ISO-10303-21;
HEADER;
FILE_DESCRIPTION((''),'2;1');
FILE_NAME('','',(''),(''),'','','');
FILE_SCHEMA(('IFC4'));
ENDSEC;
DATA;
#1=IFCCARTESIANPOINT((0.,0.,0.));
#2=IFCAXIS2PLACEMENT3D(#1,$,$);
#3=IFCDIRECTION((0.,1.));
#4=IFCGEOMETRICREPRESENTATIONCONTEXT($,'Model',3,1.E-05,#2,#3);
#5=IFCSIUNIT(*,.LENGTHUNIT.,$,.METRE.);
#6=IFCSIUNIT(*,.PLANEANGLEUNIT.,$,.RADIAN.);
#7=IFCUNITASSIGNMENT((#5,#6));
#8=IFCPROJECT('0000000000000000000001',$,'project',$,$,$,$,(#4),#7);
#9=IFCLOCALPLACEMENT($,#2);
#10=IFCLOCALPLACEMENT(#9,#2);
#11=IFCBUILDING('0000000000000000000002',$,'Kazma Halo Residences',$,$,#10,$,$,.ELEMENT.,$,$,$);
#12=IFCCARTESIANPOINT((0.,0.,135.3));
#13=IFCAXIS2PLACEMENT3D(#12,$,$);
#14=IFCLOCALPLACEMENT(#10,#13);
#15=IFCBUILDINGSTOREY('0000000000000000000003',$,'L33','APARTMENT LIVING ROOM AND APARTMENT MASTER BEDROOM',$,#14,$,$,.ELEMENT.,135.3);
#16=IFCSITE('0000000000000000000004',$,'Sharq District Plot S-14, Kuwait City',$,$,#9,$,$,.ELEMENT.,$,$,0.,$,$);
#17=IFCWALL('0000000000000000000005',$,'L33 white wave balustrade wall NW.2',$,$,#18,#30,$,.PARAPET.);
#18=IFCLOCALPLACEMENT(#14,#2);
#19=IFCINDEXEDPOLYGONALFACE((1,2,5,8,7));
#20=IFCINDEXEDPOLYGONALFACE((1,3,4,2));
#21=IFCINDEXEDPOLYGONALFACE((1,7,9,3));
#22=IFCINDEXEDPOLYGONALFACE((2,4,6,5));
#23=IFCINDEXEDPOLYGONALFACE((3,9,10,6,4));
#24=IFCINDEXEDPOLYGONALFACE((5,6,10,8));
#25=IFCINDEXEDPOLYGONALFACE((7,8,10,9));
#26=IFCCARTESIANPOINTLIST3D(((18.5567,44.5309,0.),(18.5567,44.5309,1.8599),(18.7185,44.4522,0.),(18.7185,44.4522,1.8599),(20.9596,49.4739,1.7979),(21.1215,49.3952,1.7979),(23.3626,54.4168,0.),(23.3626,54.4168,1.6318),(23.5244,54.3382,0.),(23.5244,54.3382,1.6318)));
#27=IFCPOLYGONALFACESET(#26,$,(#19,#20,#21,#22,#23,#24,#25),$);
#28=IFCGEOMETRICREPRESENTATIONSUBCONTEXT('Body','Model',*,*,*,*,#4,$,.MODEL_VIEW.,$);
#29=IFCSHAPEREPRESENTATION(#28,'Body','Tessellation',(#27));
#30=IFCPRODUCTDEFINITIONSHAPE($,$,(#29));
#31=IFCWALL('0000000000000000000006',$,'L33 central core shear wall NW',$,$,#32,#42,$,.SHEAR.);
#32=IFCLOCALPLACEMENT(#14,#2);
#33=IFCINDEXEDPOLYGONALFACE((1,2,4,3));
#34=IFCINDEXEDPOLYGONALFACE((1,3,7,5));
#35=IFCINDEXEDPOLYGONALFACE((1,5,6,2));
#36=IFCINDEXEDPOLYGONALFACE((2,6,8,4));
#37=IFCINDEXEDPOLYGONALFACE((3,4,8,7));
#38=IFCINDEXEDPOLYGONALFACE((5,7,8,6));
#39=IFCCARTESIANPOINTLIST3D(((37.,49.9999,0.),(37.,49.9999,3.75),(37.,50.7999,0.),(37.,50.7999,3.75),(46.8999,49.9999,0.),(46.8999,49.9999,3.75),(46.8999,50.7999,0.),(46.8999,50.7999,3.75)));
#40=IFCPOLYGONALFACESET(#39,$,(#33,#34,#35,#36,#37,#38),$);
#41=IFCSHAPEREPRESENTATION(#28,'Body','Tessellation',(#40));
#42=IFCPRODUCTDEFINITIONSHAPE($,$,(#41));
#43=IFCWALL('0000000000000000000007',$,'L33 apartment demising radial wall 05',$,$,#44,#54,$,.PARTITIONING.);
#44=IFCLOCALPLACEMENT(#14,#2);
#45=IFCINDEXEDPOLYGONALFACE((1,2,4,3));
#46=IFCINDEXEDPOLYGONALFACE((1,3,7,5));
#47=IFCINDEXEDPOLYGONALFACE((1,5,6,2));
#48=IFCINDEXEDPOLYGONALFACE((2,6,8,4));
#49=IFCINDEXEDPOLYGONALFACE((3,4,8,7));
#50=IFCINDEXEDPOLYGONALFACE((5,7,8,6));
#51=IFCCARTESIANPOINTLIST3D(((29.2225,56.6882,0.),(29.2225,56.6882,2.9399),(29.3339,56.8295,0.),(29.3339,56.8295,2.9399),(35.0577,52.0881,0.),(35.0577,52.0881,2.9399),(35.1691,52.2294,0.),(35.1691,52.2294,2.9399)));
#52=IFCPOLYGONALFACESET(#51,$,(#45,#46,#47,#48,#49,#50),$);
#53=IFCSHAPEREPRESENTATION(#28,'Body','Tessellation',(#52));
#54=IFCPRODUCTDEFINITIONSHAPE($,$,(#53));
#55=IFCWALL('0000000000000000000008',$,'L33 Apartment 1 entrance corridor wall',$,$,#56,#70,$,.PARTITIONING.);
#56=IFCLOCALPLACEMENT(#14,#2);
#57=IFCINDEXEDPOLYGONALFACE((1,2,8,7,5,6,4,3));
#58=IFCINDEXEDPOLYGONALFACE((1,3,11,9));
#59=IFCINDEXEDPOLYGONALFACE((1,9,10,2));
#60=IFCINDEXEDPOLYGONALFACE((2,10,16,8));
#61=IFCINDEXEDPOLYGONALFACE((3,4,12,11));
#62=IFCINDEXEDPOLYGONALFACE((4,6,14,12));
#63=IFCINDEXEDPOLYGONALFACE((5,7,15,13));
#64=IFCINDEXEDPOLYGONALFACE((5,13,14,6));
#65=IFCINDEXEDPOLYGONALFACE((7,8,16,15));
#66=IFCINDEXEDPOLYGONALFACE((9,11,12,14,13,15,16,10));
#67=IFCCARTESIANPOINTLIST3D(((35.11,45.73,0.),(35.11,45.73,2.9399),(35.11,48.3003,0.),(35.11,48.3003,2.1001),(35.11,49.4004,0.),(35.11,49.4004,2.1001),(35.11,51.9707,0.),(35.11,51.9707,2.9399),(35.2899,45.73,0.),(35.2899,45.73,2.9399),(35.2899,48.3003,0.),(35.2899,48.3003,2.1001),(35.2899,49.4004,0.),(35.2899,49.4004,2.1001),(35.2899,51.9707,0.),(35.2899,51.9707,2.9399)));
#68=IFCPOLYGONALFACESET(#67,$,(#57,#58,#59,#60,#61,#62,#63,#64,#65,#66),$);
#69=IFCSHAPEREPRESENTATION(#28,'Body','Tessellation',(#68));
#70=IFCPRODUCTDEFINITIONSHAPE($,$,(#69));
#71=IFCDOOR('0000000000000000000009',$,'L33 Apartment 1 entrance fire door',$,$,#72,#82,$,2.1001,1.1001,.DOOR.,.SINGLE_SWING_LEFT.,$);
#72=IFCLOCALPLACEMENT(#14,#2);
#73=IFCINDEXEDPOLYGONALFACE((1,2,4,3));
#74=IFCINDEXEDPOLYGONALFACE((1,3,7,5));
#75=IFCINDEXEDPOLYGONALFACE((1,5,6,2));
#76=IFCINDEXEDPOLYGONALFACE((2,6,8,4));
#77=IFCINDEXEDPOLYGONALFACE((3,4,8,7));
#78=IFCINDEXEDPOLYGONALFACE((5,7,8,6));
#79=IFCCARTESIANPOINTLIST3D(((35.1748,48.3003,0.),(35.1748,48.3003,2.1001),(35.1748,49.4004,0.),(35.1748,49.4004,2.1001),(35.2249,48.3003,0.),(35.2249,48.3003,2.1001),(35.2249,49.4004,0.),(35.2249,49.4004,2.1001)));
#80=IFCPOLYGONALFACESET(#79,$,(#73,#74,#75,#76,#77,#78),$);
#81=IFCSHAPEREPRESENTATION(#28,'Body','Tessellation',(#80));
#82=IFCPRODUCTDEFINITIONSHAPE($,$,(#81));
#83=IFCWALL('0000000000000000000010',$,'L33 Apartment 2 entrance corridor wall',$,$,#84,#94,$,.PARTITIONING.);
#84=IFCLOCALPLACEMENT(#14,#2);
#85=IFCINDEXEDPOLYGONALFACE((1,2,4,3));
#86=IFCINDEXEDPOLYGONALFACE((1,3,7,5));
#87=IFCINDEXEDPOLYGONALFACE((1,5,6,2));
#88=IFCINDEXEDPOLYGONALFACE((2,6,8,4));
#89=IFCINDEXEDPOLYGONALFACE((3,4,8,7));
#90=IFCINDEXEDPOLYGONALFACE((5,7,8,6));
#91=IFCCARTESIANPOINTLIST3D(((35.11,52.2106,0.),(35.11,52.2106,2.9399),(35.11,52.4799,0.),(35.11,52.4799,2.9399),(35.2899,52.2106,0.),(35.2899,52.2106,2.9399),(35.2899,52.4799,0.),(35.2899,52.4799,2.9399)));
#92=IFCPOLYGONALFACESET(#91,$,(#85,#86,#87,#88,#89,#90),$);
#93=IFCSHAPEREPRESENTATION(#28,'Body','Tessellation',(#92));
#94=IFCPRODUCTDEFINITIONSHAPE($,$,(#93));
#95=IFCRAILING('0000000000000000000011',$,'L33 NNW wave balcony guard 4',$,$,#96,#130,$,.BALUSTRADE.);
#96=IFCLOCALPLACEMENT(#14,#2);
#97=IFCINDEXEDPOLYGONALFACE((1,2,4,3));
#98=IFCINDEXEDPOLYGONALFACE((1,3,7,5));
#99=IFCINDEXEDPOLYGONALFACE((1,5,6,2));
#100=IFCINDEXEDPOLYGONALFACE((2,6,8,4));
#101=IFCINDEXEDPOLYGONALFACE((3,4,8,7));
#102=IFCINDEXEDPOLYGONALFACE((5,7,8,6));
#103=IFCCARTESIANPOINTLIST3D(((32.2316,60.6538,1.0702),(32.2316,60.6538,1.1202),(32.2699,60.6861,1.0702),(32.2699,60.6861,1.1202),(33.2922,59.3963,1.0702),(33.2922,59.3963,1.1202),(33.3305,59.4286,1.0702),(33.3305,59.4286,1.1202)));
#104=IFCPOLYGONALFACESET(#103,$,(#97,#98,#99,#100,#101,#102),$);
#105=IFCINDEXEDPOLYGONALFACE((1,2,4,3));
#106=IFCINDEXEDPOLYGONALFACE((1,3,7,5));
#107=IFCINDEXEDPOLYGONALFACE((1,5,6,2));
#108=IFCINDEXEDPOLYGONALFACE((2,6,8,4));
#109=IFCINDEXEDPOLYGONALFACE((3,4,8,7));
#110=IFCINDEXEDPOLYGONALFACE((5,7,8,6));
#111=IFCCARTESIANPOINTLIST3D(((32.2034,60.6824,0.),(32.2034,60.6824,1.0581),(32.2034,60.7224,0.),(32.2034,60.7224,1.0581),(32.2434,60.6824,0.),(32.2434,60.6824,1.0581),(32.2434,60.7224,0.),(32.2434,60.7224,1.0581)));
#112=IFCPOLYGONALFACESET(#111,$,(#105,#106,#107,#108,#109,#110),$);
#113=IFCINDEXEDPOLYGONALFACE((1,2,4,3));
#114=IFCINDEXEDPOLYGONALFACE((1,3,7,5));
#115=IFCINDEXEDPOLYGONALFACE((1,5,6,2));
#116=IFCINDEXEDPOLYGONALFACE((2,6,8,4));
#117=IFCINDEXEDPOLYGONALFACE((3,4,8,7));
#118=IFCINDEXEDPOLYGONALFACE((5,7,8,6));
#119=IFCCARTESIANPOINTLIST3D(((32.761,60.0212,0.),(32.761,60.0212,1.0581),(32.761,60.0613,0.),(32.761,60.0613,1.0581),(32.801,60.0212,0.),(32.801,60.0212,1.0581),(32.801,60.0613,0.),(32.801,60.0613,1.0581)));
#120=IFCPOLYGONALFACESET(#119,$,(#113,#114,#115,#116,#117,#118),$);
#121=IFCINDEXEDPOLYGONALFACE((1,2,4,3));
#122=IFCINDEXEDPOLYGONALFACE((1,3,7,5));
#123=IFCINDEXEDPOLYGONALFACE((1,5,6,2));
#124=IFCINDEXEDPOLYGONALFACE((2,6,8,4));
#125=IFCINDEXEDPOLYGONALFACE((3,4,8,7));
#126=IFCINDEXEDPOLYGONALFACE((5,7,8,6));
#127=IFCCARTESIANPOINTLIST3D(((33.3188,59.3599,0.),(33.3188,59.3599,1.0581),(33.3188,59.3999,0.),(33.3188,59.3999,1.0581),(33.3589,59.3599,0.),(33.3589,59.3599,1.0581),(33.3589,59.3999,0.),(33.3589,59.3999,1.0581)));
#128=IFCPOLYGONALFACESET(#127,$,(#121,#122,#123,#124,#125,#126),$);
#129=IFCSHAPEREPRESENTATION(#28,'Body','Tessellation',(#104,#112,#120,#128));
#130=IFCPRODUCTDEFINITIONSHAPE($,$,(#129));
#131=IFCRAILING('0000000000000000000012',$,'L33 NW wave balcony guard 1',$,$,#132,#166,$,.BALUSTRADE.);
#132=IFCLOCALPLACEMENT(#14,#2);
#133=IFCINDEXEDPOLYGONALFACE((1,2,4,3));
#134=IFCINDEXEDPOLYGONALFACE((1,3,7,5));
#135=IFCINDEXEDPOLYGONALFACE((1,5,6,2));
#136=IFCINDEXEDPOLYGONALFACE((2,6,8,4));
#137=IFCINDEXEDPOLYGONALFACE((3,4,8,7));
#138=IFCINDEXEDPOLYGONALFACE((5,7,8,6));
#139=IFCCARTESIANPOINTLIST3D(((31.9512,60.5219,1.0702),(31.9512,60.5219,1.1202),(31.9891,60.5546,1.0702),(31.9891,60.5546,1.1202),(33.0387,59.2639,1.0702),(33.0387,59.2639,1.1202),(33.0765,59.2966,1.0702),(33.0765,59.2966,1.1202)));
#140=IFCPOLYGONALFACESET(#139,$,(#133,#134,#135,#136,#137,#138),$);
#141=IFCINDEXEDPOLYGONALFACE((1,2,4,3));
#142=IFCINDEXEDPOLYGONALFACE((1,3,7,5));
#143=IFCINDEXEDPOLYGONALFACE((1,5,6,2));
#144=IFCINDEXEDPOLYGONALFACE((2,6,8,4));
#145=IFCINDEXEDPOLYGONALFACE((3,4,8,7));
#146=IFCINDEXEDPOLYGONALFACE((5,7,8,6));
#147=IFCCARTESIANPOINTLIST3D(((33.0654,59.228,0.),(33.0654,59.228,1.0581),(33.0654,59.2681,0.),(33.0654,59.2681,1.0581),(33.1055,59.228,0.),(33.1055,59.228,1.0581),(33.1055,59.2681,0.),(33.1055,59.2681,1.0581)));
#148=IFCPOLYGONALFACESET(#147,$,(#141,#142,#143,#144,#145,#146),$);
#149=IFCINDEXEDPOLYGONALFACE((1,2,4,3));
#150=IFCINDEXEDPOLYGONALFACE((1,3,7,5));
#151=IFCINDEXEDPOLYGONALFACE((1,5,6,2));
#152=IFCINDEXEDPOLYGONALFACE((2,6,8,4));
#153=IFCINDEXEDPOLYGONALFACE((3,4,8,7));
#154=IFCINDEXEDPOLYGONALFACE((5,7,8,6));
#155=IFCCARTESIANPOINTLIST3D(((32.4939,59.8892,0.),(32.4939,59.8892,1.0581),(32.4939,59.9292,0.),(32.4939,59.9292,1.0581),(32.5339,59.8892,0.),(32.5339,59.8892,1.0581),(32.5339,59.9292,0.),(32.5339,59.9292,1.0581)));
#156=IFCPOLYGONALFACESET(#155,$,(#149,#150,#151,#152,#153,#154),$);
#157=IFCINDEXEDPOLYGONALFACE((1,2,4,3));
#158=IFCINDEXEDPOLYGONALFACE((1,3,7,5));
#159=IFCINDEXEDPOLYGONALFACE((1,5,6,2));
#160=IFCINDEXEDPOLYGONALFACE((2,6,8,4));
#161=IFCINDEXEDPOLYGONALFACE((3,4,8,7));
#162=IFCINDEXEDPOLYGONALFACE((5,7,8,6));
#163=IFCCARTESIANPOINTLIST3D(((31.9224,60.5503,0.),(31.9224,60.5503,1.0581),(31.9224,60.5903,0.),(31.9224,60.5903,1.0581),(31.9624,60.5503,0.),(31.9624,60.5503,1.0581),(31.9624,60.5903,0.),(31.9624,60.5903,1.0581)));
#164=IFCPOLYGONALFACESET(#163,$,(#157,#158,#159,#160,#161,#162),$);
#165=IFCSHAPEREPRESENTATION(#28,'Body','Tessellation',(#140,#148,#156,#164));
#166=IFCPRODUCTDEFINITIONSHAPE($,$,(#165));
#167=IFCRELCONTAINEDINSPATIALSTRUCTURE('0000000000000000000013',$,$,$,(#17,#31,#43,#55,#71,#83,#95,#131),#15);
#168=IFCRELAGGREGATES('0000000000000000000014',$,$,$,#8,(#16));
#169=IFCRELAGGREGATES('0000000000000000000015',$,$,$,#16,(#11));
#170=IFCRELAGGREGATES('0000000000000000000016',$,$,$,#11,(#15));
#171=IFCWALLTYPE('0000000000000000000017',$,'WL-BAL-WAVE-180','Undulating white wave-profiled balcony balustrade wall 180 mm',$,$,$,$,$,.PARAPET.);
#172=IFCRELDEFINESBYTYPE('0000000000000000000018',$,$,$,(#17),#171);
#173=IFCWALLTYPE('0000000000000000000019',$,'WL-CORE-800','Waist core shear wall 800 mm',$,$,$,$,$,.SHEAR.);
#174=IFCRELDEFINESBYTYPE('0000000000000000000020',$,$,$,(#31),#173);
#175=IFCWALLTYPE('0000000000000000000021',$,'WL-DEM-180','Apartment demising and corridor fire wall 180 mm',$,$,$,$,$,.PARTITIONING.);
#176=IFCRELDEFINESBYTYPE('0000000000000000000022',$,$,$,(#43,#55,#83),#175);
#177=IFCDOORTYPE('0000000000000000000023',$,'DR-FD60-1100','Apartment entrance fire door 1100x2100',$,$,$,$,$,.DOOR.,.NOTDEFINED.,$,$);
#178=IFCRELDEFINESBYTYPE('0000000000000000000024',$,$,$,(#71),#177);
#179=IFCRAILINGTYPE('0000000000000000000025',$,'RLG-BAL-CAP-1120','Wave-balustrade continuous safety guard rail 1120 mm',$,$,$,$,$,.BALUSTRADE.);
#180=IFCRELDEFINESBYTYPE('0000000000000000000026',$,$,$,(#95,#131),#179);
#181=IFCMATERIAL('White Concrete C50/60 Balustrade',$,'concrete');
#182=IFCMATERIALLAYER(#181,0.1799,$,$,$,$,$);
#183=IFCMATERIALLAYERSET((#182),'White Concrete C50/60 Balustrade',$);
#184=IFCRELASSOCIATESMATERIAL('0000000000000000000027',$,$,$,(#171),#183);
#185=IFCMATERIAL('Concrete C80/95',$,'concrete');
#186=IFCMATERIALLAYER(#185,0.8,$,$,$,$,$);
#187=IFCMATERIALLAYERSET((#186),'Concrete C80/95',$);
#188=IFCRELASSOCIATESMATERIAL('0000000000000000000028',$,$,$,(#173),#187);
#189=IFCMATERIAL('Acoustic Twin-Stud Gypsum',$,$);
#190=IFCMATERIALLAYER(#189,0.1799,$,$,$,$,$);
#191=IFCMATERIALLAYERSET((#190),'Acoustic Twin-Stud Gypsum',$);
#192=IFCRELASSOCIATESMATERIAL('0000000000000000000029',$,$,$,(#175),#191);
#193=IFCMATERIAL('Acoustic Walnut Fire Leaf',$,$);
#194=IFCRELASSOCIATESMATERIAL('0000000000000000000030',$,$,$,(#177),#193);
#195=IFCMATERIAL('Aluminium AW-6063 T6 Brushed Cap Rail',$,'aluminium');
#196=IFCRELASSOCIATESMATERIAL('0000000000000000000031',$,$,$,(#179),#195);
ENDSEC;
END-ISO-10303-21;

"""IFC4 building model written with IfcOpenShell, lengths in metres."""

from ifc_helpers import new_model, si_unit, direction, frame, frame_2d, origin, origin_2d, place, context, subcontext, project, spatial, polyline, rectangle, outline, extrude, material, layer, layer_set, type_object, element, fill, save


model = new_model("IFC4")

# Units and contexts
model_context = context("Model", 3, precision=1e-05, world=origin(), true_north=direction((0.0, 1.0)))
body_context = subcontext(model_context, "Body", "Model", "MODEL_VIEW")
ifc_project = project(units=[si_unit("LENGTHUNIT", "METRE"), si_unit("PLANEANGLEUNIT", "RADIAN")], contexts=[model_context])

# Site, building, storey
site_placement = place(None, origin())
site = spatial("IfcSite", under=ifc_project, at=site_placement, Name="Sharq District Plot S-14, Kuwait City", CompositionType="ELEMENT", RefElevation=0.0)
building_placement = place(site_placement, origin())
building = spatial("IfcBuilding", under=site, at=building_placement, Name="Kazma Halo Residences", CompositionType="ELEMENT")
storey_placement = place(building_placement, frame((0.0, 0.0, 135.3)))
storey = spatial("IfcBuildingStorey", under=building, at=storey_placement, Name="L33", Description="APARTMENT LIVING ROOM AND APARTMENT MASTER BEDROOM", CompositionType="ELEMENT", Elevation=135.3)

# Shared definitions
ifc_material_1 = material(Name="Concrete C80/95", Category="concrete")

# Walls
ifc_material_2 = material(Name="White Concrete C50/60 Balustrade", Category="concrete")
ifc_layer_1 = layer(ifc_material_2, 0.1799)
ifc_layer_set_1 = layer_set([ifc_layer_1], Name="White Concrete C50/60 Balustrade")
wall_type_1 = type_object("IfcWallType", Name="WL-BAL-WAVE-180", Description="Undulating white wave-profiled balcony balustrade wall 180 mm", PredefinedType="PARAPET", material=ifc_layer_set_1)
wall_1_placement = place(storey_placement, frame((23.4436, 54.3774, 0.0), z_axis=(0.0, 0.0, 1.0), x_axis=(-0.437209, -0.89936, 0.0)))
element("IfcWall", 1, at=wall_1_placement, inside=storey, type_object=wall_type_1, Name="L33 white wave balustrade wall NW.2", PredefinedType="PARAPET", context=body_context, shape_type="SweptSolid", body=[
    extrude(outline(polyline([(0.0, 0.0), (10.9922, 0.0), (10.9922, 1.8599), (5.4961, 1.7979), (0.0, 1.6318), (0.0, 0.0)])), frame((0.0, 0.0898, 0.0), z_axis=(0.0, -1.0, 0.0), x_axis=(1.0, 0.0, 0.0)), (0.0, 0.0, 1.0), 0.1799),
])
ifc_layer_2 = layer(ifc_material_1, 0.8)
ifc_layer_set_2 = layer_set([ifc_layer_2], Name="Concrete C80/95")
wall_type_2 = type_object("IfcWallType", Name="WL-CORE-800", Description="Waist core shear wall 800 mm", PredefinedType="SHEAR", material=ifc_layer_set_2)
wall_2_placement = place(storey_placement, frame((37.0, 50.3999, 0.0), z_axis=(0.0, 0.0, 1.0), x_axis=(1.0, 0.0, 0.0)))
element("IfcWall", 2, at=wall_2_placement, inside=storey, type_object=wall_type_2, Name="L33 central core shear wall NW", PredefinedType="SHEAR", context=body_context, shape_type="SweptSolid", body=[
    extrude(rectangle(XDim=9.8999, YDim=0.8, at=frame_2d((4.95, 0.0))), origin(), (0.0, 0.0, 1.0), 3.75),
])
ifc_material_3 = material(Name="Acoustic Twin-Stud Gypsum")
ifc_layer_3 = layer(ifc_material_3, 0.1799)
ifc_layer_set_3 = layer_set([ifc_layer_3], Name="Acoustic Twin-Stud Gypsum")
wall_type_3 = type_object("IfcWallType", Name="WL-DEM-180", Description="Apartment demising and corridor fire wall 180 mm", PredefinedType="PARTITIONING", material=ifc_layer_set_3)
wall_3_placement = place(storey_placement, frame((35.1135, 52.1587, 0.0), z_axis=(0.0, 0.0, 1.0), x_axis=(-0.785317, 0.619093, 0.0)))
element("IfcWall", 3, at=wall_3_placement, inside=storey, type_object=wall_type_3, Name="L33 apartment demising radial wall 05", PredefinedType="PARTITIONING", context=body_context, shape_type="SweptSolid", body=[
    extrude(rectangle(XDim=7.4304, YDim=0.1799, at=frame_2d((3.7153, 0.0))), origin(), (0.0, 0.0, 1.0), 2.9399),
])

# Wall, opening, door
wall_4_placement = place(storey_placement, frame((35.2, 51.9707, 0.0), z_axis=(0.0, 0.0, 1.0), x_axis=(0.0, -1.0, 0.0)))
wall_4 = element("IfcWall", 4, at=wall_4_placement, inside=storey, type_object=wall_type_3, Name="L33 Apartment 1 entrance corridor wall", PredefinedType="PARTITIONING", context=body_context, shape_type="SweptSolid", body=[
    extrude(rectangle(XDim=6.2407, YDim=0.1799, at=frame_2d((3.1204, 0.0))), origin(), (0.0, 0.0, 1.0), 2.9399),
])
opening_1_placement = place(wall_4_placement, frame((2.5703, 0.0, 0.0)))
opening_1 = element("IfcOpeningElement", 5, at=opening_1_placement, cuts=wall_4, PredefinedType="OPENING", context=body_context, shape_type="SweptSolid", body=[
    extrude(rectangle(XDim=1.1001, YDim=2.1001, at=frame_2d((0.55, 1.05))), frame((0.0, 0.0999, 0.0), z_axis=(0.0, -1.0, 0.0), x_axis=(1.0, 0.0, 0.0)), (0.0, 0.0, 1.0), 0.2),
])
ifc_material_4 = material(Name="Acoustic Walnut Fire Leaf")
door_type_1 = type_object("IfcDoorType", Name="DR-FD60-1100", Description="Apartment entrance fire door 1100x2100", OperationType="NOTDEFINED", PredefinedType="DOOR", material=ifc_material_4)
door_1_placement = place(opening_1_placement, origin())
door_1 = element("IfcDoor", 6, at=door_1_placement, inside=storey, type_object=door_type_1, Name="L33 Apartment 1 entrance fire door", OperationType="SINGLE_SWING_LEFT", OverallHeight=2.1001, OverallWidth=1.1001, PredefinedType="DOOR", context=body_context, shape_type="SweptSolid", body=[
    extrude(rectangle(XDim=1.1001, YDim=2.1001, at=frame_2d((0.55, 1.05))), frame((0.0, 0.0249, 0.0), z_axis=(0.0, -1.0, 0.0), x_axis=(1.0, 0.0, 0.0)), (0.0, 0.0, 1.0), 0.05),
])
fill(opening_1, door_1)

# Wall
wall_5_placement = place(storey_placement, frame((35.2, 52.48, 0.0), z_axis=(0.0, 0.0, 1.0), x_axis=(0.0, -1.0, 0.0)))
element("IfcWall", 7, at=wall_5_placement, inside=storey, type_object=wall_type_3, Name="L33 Apartment 2 entrance corridor wall", PredefinedType="PARTITIONING", context=body_context, shape_type="SweptSolid", body=[
    extrude(rectangle(XDim=0.2693, YDim=0.1799, at=frame_2d((0.1348, 0.0))), origin(), (0.0, 0.0, 1.0), 2.9399),
])

# Railings
ifc_material_5 = material(Name="Aluminium AW-6063 T6 Brushed Cap Rail", Category="aluminium")
railing_type = type_object("IfcRailingType", Name="RLG-BAL-CAP-1120", Description="Wave-balustrade continuous safety guard rail 1120 mm", PredefinedType="BALUSTRADE", material=ifc_material_5)
railing_1_placement = place(storey_placement, frame((32.2234, 60.7024, 0.0)))
element("IfcRailing", 8, at=railing_1_placement, inside=storey, type_object=railing_type, Name="L33 NNW wave balcony guard 4", PredefinedType="BALUSTRADE", context=body_context, shape_type="SweptSolid", body=[
    extrude(rectangle(XDim=0.05, YDim=0.05, at=origin_2d()), frame((0.0273, -0.0325, 1.0952), z_axis=(0.64474, -0.764402, 0.0), x_axis=(0.764402, 0.64474, 0.0)), (0.0, 0.0, 1.0), 1.645),
    extrude(rectangle(XDim=0.04, YDim=0.04, at=origin_2d()), origin(), (0.0, 0.0, 1.0), 1.0581),
    extrude(rectangle(XDim=0.04, YDim=0.04, at=origin_2d()), frame((0.5576, -0.6611, 0.0)), (0.0, 0.0, 1.0), 1.0581),
    extrude(rectangle(XDim=0.04, YDim=0.04, at=origin_2d()), frame((1.1155, -1.3225, 0.0)), (0.0, 0.0, 1.0), 1.0581),
])
railing_2_placement = place(storey_placement, frame((33.0854, 59.248, 0.0)))
element("IfcRailing", 9, at=railing_2_placement, inside=storey, type_object=railing_type, Name="L33 NW wave balcony guard 1", PredefinedType="BALUSTRADE", context=body_context, shape_type="SweptSolid", body=[
    extrude(rectangle(XDim=0.05, YDim=0.05, at=origin_2d()), frame((-0.0278, 0.0322, 1.0952), z_axis=(-0.653983, 0.756509, 0.0), x_axis=(-0.756509, -0.653983, 0.0)), (0.0, 0.0, 1.0), 1.6628),
    extrude(rectangle(XDim=0.04, YDim=0.04, at=origin_2d()), origin(), (0.0, 0.0, 1.0), 1.0581),
    extrude(rectangle(XDim=0.04, YDim=0.04, at=origin_2d()), frame((-0.5715, 0.6611, 0.0)), (0.0, 0.0, 1.0), 1.0581),
    extrude(rectangle(XDim=0.04, YDim=0.04, at=origin_2d()), frame((-1.1431, 1.3223, 0.0)), (0.0, 0.0, 1.0), 1.0581),
])

save(model, "model.ifc")
